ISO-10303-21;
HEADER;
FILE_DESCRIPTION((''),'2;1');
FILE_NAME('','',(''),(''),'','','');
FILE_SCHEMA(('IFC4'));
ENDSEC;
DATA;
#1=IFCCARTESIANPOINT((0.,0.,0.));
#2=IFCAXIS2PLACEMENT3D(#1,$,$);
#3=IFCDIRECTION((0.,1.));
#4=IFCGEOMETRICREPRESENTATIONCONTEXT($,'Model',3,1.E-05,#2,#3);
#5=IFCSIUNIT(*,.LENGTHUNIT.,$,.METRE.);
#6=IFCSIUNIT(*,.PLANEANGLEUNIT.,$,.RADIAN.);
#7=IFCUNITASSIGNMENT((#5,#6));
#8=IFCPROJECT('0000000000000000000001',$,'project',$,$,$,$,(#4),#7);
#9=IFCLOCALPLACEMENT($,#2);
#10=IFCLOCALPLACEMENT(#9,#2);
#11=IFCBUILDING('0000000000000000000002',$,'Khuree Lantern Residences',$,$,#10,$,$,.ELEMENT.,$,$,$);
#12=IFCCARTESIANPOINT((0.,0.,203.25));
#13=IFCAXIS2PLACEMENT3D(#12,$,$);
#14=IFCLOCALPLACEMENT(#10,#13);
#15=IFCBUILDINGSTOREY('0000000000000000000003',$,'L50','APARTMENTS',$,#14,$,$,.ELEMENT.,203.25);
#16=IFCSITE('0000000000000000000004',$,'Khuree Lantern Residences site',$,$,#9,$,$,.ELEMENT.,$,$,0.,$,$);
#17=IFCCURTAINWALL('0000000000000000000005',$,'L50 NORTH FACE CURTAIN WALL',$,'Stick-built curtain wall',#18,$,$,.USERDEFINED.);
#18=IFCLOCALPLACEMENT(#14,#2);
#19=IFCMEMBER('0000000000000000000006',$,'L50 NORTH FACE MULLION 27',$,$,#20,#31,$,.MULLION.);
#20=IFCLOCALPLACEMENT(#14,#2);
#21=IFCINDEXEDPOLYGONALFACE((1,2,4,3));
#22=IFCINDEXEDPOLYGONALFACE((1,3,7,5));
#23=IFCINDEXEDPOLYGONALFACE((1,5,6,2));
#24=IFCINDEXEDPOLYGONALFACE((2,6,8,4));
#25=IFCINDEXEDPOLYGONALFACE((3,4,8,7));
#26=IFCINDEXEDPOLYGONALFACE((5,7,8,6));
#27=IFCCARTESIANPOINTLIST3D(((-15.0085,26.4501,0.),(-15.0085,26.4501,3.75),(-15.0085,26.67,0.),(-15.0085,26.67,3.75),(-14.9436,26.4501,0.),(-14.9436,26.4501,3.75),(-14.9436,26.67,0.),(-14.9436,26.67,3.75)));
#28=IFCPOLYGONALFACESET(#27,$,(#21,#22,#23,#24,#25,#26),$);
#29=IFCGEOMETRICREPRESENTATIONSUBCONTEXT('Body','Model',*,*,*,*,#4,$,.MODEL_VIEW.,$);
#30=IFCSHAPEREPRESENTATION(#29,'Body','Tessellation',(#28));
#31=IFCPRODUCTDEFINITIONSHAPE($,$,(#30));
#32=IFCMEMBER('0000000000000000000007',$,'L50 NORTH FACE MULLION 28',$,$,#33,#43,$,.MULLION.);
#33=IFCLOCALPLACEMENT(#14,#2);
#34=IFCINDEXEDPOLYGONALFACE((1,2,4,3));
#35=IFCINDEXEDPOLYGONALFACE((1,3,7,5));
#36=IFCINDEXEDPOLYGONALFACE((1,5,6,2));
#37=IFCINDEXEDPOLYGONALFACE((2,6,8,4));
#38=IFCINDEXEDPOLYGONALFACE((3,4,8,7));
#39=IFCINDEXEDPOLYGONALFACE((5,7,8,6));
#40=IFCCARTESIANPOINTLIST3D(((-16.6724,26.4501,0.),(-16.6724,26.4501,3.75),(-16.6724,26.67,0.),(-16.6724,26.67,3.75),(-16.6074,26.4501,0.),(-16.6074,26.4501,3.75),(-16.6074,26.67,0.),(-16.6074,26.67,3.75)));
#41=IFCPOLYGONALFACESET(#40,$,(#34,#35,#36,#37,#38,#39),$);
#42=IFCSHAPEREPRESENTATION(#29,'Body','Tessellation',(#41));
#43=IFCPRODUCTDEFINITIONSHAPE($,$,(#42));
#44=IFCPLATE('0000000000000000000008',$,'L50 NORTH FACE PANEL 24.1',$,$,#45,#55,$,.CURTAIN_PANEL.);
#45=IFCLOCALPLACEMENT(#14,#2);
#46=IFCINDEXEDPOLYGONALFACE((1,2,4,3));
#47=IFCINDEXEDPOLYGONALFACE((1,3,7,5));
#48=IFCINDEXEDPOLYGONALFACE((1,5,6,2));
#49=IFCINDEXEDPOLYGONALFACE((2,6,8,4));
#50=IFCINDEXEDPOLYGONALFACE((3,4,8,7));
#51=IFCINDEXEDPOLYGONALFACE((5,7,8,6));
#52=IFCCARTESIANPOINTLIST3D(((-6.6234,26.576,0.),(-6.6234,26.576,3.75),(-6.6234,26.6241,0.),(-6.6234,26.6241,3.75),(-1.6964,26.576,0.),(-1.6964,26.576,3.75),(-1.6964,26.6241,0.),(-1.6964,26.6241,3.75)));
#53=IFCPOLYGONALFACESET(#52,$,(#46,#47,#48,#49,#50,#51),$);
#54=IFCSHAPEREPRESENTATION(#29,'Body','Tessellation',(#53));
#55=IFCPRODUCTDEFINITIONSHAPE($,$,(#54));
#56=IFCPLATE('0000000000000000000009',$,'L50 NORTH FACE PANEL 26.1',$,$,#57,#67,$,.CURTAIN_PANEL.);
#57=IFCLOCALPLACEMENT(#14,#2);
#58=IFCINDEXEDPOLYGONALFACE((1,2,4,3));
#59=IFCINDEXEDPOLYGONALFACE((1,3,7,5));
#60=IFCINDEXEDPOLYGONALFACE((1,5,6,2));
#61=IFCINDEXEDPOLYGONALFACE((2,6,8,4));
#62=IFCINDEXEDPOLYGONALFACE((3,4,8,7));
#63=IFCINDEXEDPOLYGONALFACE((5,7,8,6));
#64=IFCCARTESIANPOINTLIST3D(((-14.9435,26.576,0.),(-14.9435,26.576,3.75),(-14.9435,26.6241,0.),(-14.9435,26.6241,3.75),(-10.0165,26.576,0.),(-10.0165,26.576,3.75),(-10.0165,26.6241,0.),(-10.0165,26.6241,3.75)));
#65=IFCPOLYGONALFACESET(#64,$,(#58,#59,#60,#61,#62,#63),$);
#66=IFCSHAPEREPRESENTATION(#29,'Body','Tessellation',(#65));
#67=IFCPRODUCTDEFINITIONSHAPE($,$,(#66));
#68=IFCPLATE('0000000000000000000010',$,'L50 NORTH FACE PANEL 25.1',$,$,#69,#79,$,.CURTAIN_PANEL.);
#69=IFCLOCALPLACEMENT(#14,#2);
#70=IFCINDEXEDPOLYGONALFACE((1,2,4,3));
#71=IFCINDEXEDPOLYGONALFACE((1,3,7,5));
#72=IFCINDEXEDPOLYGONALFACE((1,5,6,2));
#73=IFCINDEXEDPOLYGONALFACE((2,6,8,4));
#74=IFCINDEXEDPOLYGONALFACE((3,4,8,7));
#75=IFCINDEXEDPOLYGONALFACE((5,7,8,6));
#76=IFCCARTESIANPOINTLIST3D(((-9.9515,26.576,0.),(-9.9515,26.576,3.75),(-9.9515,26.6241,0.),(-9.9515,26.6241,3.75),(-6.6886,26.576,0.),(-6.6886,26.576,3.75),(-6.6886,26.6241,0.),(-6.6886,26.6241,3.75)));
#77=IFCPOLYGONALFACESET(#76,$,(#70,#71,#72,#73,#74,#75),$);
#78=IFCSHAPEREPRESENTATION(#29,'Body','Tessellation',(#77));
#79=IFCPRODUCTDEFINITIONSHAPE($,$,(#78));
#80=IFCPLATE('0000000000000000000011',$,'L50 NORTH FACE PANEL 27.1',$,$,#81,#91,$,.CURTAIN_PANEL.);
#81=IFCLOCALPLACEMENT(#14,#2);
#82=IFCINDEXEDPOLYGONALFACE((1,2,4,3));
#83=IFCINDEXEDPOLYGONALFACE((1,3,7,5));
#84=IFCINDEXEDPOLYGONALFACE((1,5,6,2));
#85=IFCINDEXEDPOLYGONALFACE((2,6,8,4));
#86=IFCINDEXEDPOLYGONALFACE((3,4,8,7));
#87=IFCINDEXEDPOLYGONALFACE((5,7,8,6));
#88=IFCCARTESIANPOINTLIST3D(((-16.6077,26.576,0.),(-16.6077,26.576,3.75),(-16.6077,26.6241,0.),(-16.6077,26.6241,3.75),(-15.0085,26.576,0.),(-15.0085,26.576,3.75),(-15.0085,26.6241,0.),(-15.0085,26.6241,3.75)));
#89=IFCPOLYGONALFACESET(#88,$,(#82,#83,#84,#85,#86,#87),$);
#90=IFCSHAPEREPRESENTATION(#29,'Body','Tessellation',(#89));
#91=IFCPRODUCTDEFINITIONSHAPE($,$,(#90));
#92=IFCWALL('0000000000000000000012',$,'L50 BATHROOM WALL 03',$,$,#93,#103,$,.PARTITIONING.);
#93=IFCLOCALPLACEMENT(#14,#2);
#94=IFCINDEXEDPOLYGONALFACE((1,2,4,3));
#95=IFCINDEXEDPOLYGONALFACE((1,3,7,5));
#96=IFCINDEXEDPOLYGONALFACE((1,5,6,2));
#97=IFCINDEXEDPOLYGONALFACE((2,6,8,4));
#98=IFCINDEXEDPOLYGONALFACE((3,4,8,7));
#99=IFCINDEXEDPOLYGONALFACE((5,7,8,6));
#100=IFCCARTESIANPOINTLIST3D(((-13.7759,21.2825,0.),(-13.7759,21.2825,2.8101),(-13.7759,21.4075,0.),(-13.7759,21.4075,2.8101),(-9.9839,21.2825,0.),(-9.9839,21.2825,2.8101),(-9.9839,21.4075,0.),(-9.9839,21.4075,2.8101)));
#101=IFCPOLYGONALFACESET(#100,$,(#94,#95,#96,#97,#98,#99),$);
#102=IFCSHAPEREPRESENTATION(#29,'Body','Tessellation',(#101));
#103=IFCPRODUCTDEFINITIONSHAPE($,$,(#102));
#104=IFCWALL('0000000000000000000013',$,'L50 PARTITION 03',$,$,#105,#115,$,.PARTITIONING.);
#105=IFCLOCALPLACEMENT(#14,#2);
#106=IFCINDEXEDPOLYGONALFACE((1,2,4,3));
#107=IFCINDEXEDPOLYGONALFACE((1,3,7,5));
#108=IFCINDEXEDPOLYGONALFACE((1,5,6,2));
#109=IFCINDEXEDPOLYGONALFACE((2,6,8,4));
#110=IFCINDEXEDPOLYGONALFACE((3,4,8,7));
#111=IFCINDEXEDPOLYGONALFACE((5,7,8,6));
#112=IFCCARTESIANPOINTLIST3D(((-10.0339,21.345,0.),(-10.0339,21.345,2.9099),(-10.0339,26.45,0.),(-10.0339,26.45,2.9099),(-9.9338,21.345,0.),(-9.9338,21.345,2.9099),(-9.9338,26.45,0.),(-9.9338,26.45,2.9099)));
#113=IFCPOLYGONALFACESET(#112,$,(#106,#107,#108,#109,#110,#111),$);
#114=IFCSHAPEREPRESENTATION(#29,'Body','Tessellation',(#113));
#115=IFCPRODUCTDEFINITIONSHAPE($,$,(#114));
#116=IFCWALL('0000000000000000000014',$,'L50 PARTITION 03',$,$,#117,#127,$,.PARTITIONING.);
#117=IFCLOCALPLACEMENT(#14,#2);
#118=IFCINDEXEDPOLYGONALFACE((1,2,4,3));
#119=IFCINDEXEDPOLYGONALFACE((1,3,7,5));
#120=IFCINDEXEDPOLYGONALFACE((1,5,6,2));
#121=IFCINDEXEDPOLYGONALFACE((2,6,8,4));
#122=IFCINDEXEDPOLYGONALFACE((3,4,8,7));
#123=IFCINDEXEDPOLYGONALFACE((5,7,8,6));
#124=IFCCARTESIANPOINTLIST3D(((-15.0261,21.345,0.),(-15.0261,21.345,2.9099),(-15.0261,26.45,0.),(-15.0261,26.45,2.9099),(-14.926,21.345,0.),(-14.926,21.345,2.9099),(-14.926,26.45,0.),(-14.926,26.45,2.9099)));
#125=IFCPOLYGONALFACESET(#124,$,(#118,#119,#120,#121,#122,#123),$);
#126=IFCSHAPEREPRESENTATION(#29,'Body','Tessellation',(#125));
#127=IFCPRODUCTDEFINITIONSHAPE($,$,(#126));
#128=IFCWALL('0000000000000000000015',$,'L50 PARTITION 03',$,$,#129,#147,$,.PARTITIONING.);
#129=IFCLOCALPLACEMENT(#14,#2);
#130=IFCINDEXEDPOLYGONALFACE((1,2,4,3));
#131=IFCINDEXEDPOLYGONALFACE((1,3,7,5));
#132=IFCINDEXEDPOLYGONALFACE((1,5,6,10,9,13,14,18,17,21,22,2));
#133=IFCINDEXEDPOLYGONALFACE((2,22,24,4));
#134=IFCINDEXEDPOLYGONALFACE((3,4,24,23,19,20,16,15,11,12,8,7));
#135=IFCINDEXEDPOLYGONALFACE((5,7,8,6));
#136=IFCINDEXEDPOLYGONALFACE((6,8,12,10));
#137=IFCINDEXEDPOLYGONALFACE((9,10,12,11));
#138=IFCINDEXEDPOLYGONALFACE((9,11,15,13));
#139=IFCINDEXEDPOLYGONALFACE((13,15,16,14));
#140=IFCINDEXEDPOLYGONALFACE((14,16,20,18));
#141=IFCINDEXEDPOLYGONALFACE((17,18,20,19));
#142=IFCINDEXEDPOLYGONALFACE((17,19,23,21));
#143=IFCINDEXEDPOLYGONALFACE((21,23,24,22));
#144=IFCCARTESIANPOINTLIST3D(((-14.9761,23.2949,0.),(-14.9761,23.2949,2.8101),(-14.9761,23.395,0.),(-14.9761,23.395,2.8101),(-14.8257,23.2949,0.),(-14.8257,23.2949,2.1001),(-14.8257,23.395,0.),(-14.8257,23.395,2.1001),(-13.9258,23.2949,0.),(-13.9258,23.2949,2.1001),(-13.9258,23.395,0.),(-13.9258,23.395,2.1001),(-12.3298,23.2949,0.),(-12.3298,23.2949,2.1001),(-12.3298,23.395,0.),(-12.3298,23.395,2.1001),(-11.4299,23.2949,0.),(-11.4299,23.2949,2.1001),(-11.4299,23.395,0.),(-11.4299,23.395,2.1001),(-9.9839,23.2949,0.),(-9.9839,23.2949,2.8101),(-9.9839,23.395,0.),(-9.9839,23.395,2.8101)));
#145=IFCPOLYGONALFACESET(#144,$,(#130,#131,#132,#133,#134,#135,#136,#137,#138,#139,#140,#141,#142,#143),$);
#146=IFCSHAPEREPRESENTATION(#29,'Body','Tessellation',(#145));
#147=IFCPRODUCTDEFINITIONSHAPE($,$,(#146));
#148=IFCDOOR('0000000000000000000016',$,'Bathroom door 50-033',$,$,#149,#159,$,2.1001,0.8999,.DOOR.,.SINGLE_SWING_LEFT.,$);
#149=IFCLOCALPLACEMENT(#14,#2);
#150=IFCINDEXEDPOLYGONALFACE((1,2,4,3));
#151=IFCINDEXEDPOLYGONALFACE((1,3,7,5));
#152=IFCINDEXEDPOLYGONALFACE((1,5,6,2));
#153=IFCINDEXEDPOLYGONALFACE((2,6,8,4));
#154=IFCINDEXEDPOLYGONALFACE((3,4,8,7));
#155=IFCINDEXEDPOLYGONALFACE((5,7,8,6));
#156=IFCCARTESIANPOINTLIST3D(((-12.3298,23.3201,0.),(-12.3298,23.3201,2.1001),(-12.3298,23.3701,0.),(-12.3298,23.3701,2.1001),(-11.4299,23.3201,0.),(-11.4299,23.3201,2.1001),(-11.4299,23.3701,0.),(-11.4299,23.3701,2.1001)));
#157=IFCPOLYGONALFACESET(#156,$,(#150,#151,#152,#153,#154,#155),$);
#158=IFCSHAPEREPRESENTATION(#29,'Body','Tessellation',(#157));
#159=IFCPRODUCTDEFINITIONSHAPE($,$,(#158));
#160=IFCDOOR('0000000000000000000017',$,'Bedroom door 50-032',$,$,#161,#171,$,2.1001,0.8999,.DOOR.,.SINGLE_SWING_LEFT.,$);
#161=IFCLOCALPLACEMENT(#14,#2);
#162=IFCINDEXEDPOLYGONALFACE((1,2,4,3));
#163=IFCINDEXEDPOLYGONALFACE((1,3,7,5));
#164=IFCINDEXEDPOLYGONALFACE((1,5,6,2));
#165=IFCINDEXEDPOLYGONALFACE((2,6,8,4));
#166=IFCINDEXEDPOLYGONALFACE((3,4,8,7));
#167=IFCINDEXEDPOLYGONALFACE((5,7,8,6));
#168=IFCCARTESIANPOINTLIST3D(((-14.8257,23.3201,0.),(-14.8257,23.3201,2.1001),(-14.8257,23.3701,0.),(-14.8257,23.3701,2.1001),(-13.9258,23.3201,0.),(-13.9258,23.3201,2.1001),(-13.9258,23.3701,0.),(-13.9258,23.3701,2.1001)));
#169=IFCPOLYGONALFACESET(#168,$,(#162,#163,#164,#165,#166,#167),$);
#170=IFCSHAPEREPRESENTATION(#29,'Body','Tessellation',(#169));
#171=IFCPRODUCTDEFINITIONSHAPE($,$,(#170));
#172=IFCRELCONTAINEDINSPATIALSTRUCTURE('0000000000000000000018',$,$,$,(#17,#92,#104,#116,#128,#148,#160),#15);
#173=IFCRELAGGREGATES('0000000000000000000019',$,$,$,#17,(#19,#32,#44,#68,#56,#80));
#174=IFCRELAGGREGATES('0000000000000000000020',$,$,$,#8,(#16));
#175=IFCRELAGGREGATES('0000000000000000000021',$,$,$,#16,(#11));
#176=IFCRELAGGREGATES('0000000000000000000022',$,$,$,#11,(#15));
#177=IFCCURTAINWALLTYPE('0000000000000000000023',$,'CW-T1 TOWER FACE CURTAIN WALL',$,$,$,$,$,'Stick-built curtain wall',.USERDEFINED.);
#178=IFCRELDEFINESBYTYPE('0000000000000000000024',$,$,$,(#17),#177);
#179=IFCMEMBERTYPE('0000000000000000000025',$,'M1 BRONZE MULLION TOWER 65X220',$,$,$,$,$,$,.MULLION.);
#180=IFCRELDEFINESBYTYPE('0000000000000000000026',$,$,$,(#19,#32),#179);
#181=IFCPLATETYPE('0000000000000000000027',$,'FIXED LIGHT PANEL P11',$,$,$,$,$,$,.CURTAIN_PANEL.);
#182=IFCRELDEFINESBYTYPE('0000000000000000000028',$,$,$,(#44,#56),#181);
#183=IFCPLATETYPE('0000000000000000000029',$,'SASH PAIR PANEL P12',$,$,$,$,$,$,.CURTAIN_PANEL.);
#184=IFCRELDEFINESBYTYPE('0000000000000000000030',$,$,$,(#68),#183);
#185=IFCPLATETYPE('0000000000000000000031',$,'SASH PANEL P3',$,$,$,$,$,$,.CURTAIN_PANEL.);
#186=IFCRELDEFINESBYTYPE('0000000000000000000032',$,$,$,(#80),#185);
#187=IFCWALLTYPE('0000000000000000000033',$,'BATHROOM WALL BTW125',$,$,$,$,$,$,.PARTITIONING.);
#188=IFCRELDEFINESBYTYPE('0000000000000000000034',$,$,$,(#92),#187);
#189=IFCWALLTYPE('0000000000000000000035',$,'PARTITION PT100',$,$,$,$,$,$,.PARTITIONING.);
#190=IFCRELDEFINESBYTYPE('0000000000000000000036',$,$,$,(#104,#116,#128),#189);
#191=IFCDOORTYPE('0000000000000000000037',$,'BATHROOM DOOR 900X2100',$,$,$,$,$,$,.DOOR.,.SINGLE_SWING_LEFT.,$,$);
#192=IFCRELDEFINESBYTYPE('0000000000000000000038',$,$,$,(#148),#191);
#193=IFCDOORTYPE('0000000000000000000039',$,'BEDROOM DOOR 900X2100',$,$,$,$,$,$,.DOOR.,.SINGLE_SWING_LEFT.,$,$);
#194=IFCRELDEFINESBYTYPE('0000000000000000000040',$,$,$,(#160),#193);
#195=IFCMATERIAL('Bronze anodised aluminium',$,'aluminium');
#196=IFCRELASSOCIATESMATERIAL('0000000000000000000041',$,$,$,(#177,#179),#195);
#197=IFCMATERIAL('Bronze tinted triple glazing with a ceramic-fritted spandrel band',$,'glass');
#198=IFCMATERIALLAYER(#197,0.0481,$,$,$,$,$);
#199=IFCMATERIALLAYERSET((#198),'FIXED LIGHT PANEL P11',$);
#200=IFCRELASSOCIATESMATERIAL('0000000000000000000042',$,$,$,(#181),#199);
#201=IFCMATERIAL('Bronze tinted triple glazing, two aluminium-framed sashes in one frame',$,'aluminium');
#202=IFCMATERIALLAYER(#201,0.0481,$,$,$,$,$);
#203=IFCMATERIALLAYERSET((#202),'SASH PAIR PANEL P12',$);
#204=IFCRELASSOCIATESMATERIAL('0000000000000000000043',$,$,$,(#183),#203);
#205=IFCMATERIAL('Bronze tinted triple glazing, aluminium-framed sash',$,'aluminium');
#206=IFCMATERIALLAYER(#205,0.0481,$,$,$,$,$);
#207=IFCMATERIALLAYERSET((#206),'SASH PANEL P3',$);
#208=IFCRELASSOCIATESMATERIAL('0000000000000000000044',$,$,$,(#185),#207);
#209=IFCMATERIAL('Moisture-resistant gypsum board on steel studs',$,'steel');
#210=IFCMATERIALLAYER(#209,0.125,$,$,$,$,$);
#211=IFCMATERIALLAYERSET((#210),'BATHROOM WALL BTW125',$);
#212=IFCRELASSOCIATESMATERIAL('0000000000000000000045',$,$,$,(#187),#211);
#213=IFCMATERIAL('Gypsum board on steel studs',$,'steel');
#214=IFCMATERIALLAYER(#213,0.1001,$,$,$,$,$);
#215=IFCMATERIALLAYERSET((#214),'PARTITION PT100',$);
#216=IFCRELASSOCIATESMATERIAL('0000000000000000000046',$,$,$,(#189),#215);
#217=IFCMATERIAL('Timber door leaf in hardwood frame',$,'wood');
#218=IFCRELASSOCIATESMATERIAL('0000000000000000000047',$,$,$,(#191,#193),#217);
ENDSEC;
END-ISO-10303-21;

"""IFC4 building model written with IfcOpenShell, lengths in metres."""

from ifc_helpers import new_model, si_unit, direction, frame, frame_2d, origin, origin_2d, place, context, subcontext, project, spatial, rectangle, extrude, material, layer, layer_set, material_profile, profile_set, type_object, element, fill, aggregate, save


model = new_model("IFC4")

# Units and contexts
model_context = context("Model", 3, precision=1e-05, world=origin(), true_north=direction((0.0, 1.0)))
body_context = subcontext(model_context, "Body", "Model", "MODEL_VIEW")
ifc_project = project(units=[si_unit("LENGTHUNIT", "METRE"), si_unit("PLANEANGLEUNIT", "RADIAN")], contexts=[model_context])

# Site, building, storey
site_placement = place(None, origin())
site = spatial("IfcSite", under=ifc_project, at=site_placement, Name="Khuree Lantern Residences site", CompositionType="ELEMENT", RefElevation=0.0)
building_placement = place(site_placement, origin())
building = spatial("IfcBuilding", under=site, at=building_placement, Name="Khuree Lantern Residences", CompositionType="ELEMENT")
storey_placement = place(building_placement, frame((0.0, 0.0, 203.25)))
storey = spatial("IfcBuildingStorey", under=building, at=storey_placement, Name="L50", Description="APARTMENTS", CompositionType="ELEMENT", Elevation=203.25)

# Curtain wall
ifc_material_1 = material(Name="Bronze anodised aluminium", Category="aluminium")
curtain_wall_type = type_object("IfcCurtainWallType", Name="CW-T1 TOWER FACE CURTAIN WALL", ElementType="Stick-built curtain wall", PredefinedType="USERDEFINED", material=ifc_material_1)
curtain_wall_placement = place(storey_placement, origin())
curtain_wall = element("IfcCurtainWall", 1, at=curtain_wall_placement, inside=storey, type_object=curtain_wall_type, Name="L50 NORTH FACE CURTAIN WALL", ObjectType="Stick-built curtain wall", PredefinedType="USERDEFINED")

# Members
ifc_material_profile_1 = material_profile(ifc_material_1, rectangle(XDim=0.0649, YDim=0.22, at=origin_2d()), Name="M1 65X220")
ifc_profile_set_1 = profile_set([ifc_material_profile_1], Name="Bronze anodised aluminium")
member_type_1 = type_object("IfcMemberType", Name="M1 BRONZE MULLION TOWER 65X220", PredefinedType="MULLION", material=ifc_profile_set_1)
member_1_placement = place(storey_placement, frame((-14.9761, 26.5601, 0.0), z_axis=(0.0, 0.0, 1.0), x_axis=(-1.0, 0.0, 0.0)))
member_1 = element("IfcMember", 2, at=member_1_placement, type_object=member_type_1, Name="L50 NORTH FACE MULLION 27", PredefinedType="MULLION", context=body_context, shape_type="SweptSolid", body=[
    extrude(rectangle(XDim=0.0649, YDim=0.22, at=origin_2d()), origin(), (0.0, 0.0, 1.0), 3.75),
])
member_2_placement = place(storey_placement, frame((-16.6399, 26.5601, 0.0), z_axis=(0.0, 0.0, 1.0), x_axis=(-1.0, 0.0, 0.0)))
member_2 = element("IfcMember", 3, at=member_2_placement, type_object=member_type_1, Name="L50 NORTH FACE MULLION 28", PredefinedType="MULLION", context=body_context, shape_type="SweptSolid", body=[
    extrude(rectangle(XDim=0.0649, YDim=0.22, at=origin_2d()), origin(), (0.0, 0.0, 1.0), 3.75),
])

# Plates
ifc_material_2 = material(Name="Bronze tinted triple glazing with a ceramic-fritted spandrel band", Category="glass")
ifc_layer_1 = layer(ifc_material_2, 0.0481)
ifc_layer_set_1 = layer_set([ifc_layer_1], Name="FIXED LIGHT PANEL P11")
plate_type_1 = type_object("IfcPlateType", Name="FIXED LIGHT PANEL P11", PredefinedType="CURTAIN_PANEL", material=ifc_layer_set_1)
plate_1_placement = place(storey_placement, frame((-4.1599, 26.6001, 0.0), z_axis=(0.0, 0.0, 1.0), x_axis=(-1.0, 0.0, 0.0)))
plate_1 = element("IfcPlate", 4, at=plate_1_placement, type_object=plate_type_1, Name="L50 NORTH FACE PANEL 24.1", PredefinedType="CURTAIN_PANEL", context=body_context, shape_type="SweptSolid", body=[
    extrude(rectangle(XDim=4.927, YDim=0.0481, at=origin_2d()), origin(), (0.0, 0.0, 1.0), 3.75),
])
plate_2_placement = place(storey_placement, frame((-12.48, 26.6001, 0.0), z_axis=(0.0, 0.0, 1.0), x_axis=(-1.0, 0.0, 0.0)))
plate_2 = element("IfcPlate", 5, at=plate_2_placement, type_object=plate_type_1, Name="L50 NORTH FACE PANEL 26.1", PredefinedType="CURTAIN_PANEL", context=body_context, shape_type="SweptSolid", body=[
    extrude(rectangle(XDim=4.927, YDim=0.0481, at=origin_2d()), origin(), (0.0, 0.0, 1.0), 3.75),
])
ifc_material_3 = material(Name="Bronze tinted triple glazing, two aluminium-framed sashes in one frame", Category="aluminium")
ifc_layer_2 = layer(ifc_material_3, 0.0481)
ifc_layer_set_2 = layer_set([ifc_layer_2], Name="SASH PAIR PANEL P12")
plate_type_2 = type_object("IfcPlateType", Name="SASH PAIR PANEL P12", PredefinedType="CURTAIN_PANEL", material=ifc_layer_set_2)
plate_3_placement = place(storey_placement, frame((-8.3201, 26.6001, 0.0), z_axis=(0.0, 0.0, 1.0), x_axis=(-1.0, 0.0, 0.0)))
plate_3 = element("IfcPlate", 6, at=plate_3_placement, type_object=plate_type_2, Name="L50 NORTH FACE PANEL 25.1", PredefinedType="CURTAIN_PANEL", context=body_context, shape_type="SweptSolid", body=[
    extrude(rectangle(XDim=3.2629, YDim=0.0481, at=origin_2d()), origin(), (0.0, 0.0, 1.0), 3.75),
])
ifc_material_4 = material(Name="Bronze tinted triple glazing, aluminium-framed sash", Category="aluminium")
ifc_layer_3 = layer(ifc_material_4, 0.0481)
ifc_layer_set_3 = layer_set([ifc_layer_3], Name="SASH PANEL P3")
plate_type_3 = type_object("IfcPlateType", Name="SASH PANEL P3", PredefinedType="CURTAIN_PANEL", material=ifc_layer_set_3)
plate_4_placement = place(storey_placement, frame((-15.8081, 26.6001, 0.0), z_axis=(0.0, 0.0, 1.0), x_axis=(-1.0, 0.0, 0.0)))
plate_4 = element("IfcPlate", 7, at=plate_4_placement, type_object=plate_type_3, Name="L50 NORTH FACE PANEL 27.1", PredefinedType="CURTAIN_PANEL", context=body_context, shape_type="SweptSolid", body=[
    extrude(rectangle(XDim=1.5991, YDim=0.0481, at=origin_2d()), origin(), (0.0, 0.0, 1.0), 3.75),
])
aggregate(curtain_wall, [member_1, member_2, plate_1, plate_3, plate_2, plate_4])

# Walls
ifc_material_5 = material(Name="Moisture-resistant gypsum board on steel studs", Category="steel")
ifc_layer_4 = layer(ifc_material_5, 0.125)
ifc_layer_set_4 = layer_set([ifc_layer_4], Name="BATHROOM WALL BTW125")
wall_type_1 = type_object("IfcWallType", Name="BATHROOM WALL BTW125", PredefinedType="PARTITIONING", material=ifc_layer_set_4)
wall_1_placement = place(storey_placement, frame((-9.9839, 21.345, 0.0), z_axis=(0.0, 0.0, 1.0), x_axis=(-1.0, 0.0, 0.0)))
element("IfcWall", 8, at=wall_1_placement, inside=storey, type_object=wall_type_1, Name="L50 BATHROOM WALL 03", PredefinedType="PARTITIONING", context=body_context, shape_type="SweptSolid", body=[
    extrude(rectangle(XDim=3.792, YDim=0.125, at=frame_2d((1.896, 0.0))), origin(), (0.0, 0.0, 1.0), 2.8101),
])
ifc_material_6 = material(Name="Gypsum board on steel studs", Category="steel")
ifc_layer_5 = layer(ifc_material_6, 0.1001)
ifc_layer_set_5 = layer_set([ifc_layer_5], Name="PARTITION PT100")
wall_type_2 = type_object("IfcWallType", Name="PARTITION PT100", PredefinedType="PARTITIONING", material=ifc_layer_set_5)
for number, where, z_axis, x_axis, name in (
    (9, (-9.9839, 21.345, 0.0), (0.0, 0.0, 1.0), (0.0, 1.0, 0.0), "L50 PARTITION 03"),
    (10, (-14.9761, 21.345, 0.0), (0.0, 0.0, 1.0), (0.0, 1.0, 0.0), "L50 PARTITION 03"),
):
    element("IfcWall", number, at=place(storey_placement, frame(where, z_axis=z_axis, x_axis=x_axis)), inside=storey, type_object=wall_type_2, Name=name, PredefinedType="PARTITIONING", context=body_context, shape_type="SweptSolid", body=[
        extrude(rectangle(XDim=5.105, YDim=0.1001, at=frame_2d((2.5525, 0.0))), origin(), (0.0, 0.0, 1.0), 2.9099),
    ])

# Wall, openings, doors
wall_2_placement = place(storey_placement, frame((-9.9839, 23.345, 0.0), z_axis=(0.0, 0.0, 1.0), x_axis=(-1.0, 0.0, 0.0)))
wall_2 = element("IfcWall", 11, at=wall_2_placement, inside=storey, type_object=wall_type_2, Name="L50 PARTITION 03", PredefinedType="PARTITIONING", context=body_context, shape_type="SweptSolid", body=[
    extrude(rectangle(XDim=4.9922, YDim=0.1001, at=frame_2d((2.4961, 0.0))), origin(), (0.0, 0.0, 1.0), 2.8101),
])
opening_1_placement = place(wall_2_placement, frame((3.9419, 0.0, 0.0)))
opening_1 = element("IfcOpeningElement", 12, at=opening_1_placement, cuts=wall_2, PredefinedType="OPENING", context=body_context, shape_type="SweptSolid", body=[
    extrude(rectangle(XDim=0.8999, YDim=2.1001, at=frame_2d((0.45, 1.05))), frame((0.0, 0.0601, 0.0), z_axis=(0.0, -1.0, 0.0), x_axis=(1.0, 0.0, 0.0)), (0.0, 0.0, 1.0), 0.1201),
])
opening_2_placement = place(wall_2_placement, frame((1.446, 0.0, 0.0)))
opening_2 = element("IfcOpeningElement", 13, at=opening_2_placement, cuts=wall_2, PredefinedType="OPENING", context=body_context, shape_type="SweptSolid", body=[
    extrude(rectangle(XDim=0.8999, YDim=2.1001, at=frame_2d((0.45, 1.05))), frame((0.0, 0.0601, 0.0), z_axis=(0.0, -1.0, 0.0), x_axis=(1.0, 0.0, 0.0)), (0.0, 0.0, 1.0), 0.1201),
])
ifc_material_7 = material(Name="Timber door leaf in hardwood frame", Category="wood")
door_type_1 = type_object("IfcDoorType", Name="BATHROOM DOOR 900X2100", OperationType="SINGLE_SWING_LEFT", PredefinedType="DOOR", material=ifc_material_7)
door_1_placement = place(opening_2_placement, origin())
door_1 = element("IfcDoor", 14, at=door_1_placement, inside=storey, type_object=door_type_1, Name="Bathroom door 50-033", OperationType="SINGLE_SWING_LEFT", OverallHeight=2.1001, OverallWidth=0.8999, PredefinedType="DOOR", context=body_context, shape_type="SweptSolid", body=[
    extrude(rectangle(XDim=0.8999, YDim=2.1001, at=frame_2d((0.45, 1.05))), frame((0.0, 0.0249, 0.0), z_axis=(0.0, -1.0, 0.0), x_axis=(1.0, 0.0, 0.0)), (0.0, 0.0, 1.0), 0.05),
])
fill(opening_2, door_1)
door_type_2 = type_object("IfcDoorType", Name="BEDROOM DOOR 900X2100", OperationType="SINGLE_SWING_LEFT", PredefinedType="DOOR", material=ifc_material_7)
door_2_placement = place(opening_1_placement, origin())
door_2 = element("IfcDoor", 15, at=door_2_placement, inside=storey, type_object=door_type_2, Name="Bedroom door 50-032", OperationType="SINGLE_SWING_LEFT", OverallHeight=2.1001, OverallWidth=0.8999, PredefinedType="DOOR", context=body_context, shape_type="SweptSolid", body=[
    extrude(rectangle(XDim=0.8999, YDim=2.1001, at=frame_2d((0.45, 1.05))), frame((0.0, 0.0249, 0.0), z_axis=(0.0, -1.0, 0.0), x_axis=(1.0, 0.0, 0.0)), (0.0, 0.0, 1.0), 0.05),
])
fill(opening_1, door_2)

save(model, "model.ifc")
